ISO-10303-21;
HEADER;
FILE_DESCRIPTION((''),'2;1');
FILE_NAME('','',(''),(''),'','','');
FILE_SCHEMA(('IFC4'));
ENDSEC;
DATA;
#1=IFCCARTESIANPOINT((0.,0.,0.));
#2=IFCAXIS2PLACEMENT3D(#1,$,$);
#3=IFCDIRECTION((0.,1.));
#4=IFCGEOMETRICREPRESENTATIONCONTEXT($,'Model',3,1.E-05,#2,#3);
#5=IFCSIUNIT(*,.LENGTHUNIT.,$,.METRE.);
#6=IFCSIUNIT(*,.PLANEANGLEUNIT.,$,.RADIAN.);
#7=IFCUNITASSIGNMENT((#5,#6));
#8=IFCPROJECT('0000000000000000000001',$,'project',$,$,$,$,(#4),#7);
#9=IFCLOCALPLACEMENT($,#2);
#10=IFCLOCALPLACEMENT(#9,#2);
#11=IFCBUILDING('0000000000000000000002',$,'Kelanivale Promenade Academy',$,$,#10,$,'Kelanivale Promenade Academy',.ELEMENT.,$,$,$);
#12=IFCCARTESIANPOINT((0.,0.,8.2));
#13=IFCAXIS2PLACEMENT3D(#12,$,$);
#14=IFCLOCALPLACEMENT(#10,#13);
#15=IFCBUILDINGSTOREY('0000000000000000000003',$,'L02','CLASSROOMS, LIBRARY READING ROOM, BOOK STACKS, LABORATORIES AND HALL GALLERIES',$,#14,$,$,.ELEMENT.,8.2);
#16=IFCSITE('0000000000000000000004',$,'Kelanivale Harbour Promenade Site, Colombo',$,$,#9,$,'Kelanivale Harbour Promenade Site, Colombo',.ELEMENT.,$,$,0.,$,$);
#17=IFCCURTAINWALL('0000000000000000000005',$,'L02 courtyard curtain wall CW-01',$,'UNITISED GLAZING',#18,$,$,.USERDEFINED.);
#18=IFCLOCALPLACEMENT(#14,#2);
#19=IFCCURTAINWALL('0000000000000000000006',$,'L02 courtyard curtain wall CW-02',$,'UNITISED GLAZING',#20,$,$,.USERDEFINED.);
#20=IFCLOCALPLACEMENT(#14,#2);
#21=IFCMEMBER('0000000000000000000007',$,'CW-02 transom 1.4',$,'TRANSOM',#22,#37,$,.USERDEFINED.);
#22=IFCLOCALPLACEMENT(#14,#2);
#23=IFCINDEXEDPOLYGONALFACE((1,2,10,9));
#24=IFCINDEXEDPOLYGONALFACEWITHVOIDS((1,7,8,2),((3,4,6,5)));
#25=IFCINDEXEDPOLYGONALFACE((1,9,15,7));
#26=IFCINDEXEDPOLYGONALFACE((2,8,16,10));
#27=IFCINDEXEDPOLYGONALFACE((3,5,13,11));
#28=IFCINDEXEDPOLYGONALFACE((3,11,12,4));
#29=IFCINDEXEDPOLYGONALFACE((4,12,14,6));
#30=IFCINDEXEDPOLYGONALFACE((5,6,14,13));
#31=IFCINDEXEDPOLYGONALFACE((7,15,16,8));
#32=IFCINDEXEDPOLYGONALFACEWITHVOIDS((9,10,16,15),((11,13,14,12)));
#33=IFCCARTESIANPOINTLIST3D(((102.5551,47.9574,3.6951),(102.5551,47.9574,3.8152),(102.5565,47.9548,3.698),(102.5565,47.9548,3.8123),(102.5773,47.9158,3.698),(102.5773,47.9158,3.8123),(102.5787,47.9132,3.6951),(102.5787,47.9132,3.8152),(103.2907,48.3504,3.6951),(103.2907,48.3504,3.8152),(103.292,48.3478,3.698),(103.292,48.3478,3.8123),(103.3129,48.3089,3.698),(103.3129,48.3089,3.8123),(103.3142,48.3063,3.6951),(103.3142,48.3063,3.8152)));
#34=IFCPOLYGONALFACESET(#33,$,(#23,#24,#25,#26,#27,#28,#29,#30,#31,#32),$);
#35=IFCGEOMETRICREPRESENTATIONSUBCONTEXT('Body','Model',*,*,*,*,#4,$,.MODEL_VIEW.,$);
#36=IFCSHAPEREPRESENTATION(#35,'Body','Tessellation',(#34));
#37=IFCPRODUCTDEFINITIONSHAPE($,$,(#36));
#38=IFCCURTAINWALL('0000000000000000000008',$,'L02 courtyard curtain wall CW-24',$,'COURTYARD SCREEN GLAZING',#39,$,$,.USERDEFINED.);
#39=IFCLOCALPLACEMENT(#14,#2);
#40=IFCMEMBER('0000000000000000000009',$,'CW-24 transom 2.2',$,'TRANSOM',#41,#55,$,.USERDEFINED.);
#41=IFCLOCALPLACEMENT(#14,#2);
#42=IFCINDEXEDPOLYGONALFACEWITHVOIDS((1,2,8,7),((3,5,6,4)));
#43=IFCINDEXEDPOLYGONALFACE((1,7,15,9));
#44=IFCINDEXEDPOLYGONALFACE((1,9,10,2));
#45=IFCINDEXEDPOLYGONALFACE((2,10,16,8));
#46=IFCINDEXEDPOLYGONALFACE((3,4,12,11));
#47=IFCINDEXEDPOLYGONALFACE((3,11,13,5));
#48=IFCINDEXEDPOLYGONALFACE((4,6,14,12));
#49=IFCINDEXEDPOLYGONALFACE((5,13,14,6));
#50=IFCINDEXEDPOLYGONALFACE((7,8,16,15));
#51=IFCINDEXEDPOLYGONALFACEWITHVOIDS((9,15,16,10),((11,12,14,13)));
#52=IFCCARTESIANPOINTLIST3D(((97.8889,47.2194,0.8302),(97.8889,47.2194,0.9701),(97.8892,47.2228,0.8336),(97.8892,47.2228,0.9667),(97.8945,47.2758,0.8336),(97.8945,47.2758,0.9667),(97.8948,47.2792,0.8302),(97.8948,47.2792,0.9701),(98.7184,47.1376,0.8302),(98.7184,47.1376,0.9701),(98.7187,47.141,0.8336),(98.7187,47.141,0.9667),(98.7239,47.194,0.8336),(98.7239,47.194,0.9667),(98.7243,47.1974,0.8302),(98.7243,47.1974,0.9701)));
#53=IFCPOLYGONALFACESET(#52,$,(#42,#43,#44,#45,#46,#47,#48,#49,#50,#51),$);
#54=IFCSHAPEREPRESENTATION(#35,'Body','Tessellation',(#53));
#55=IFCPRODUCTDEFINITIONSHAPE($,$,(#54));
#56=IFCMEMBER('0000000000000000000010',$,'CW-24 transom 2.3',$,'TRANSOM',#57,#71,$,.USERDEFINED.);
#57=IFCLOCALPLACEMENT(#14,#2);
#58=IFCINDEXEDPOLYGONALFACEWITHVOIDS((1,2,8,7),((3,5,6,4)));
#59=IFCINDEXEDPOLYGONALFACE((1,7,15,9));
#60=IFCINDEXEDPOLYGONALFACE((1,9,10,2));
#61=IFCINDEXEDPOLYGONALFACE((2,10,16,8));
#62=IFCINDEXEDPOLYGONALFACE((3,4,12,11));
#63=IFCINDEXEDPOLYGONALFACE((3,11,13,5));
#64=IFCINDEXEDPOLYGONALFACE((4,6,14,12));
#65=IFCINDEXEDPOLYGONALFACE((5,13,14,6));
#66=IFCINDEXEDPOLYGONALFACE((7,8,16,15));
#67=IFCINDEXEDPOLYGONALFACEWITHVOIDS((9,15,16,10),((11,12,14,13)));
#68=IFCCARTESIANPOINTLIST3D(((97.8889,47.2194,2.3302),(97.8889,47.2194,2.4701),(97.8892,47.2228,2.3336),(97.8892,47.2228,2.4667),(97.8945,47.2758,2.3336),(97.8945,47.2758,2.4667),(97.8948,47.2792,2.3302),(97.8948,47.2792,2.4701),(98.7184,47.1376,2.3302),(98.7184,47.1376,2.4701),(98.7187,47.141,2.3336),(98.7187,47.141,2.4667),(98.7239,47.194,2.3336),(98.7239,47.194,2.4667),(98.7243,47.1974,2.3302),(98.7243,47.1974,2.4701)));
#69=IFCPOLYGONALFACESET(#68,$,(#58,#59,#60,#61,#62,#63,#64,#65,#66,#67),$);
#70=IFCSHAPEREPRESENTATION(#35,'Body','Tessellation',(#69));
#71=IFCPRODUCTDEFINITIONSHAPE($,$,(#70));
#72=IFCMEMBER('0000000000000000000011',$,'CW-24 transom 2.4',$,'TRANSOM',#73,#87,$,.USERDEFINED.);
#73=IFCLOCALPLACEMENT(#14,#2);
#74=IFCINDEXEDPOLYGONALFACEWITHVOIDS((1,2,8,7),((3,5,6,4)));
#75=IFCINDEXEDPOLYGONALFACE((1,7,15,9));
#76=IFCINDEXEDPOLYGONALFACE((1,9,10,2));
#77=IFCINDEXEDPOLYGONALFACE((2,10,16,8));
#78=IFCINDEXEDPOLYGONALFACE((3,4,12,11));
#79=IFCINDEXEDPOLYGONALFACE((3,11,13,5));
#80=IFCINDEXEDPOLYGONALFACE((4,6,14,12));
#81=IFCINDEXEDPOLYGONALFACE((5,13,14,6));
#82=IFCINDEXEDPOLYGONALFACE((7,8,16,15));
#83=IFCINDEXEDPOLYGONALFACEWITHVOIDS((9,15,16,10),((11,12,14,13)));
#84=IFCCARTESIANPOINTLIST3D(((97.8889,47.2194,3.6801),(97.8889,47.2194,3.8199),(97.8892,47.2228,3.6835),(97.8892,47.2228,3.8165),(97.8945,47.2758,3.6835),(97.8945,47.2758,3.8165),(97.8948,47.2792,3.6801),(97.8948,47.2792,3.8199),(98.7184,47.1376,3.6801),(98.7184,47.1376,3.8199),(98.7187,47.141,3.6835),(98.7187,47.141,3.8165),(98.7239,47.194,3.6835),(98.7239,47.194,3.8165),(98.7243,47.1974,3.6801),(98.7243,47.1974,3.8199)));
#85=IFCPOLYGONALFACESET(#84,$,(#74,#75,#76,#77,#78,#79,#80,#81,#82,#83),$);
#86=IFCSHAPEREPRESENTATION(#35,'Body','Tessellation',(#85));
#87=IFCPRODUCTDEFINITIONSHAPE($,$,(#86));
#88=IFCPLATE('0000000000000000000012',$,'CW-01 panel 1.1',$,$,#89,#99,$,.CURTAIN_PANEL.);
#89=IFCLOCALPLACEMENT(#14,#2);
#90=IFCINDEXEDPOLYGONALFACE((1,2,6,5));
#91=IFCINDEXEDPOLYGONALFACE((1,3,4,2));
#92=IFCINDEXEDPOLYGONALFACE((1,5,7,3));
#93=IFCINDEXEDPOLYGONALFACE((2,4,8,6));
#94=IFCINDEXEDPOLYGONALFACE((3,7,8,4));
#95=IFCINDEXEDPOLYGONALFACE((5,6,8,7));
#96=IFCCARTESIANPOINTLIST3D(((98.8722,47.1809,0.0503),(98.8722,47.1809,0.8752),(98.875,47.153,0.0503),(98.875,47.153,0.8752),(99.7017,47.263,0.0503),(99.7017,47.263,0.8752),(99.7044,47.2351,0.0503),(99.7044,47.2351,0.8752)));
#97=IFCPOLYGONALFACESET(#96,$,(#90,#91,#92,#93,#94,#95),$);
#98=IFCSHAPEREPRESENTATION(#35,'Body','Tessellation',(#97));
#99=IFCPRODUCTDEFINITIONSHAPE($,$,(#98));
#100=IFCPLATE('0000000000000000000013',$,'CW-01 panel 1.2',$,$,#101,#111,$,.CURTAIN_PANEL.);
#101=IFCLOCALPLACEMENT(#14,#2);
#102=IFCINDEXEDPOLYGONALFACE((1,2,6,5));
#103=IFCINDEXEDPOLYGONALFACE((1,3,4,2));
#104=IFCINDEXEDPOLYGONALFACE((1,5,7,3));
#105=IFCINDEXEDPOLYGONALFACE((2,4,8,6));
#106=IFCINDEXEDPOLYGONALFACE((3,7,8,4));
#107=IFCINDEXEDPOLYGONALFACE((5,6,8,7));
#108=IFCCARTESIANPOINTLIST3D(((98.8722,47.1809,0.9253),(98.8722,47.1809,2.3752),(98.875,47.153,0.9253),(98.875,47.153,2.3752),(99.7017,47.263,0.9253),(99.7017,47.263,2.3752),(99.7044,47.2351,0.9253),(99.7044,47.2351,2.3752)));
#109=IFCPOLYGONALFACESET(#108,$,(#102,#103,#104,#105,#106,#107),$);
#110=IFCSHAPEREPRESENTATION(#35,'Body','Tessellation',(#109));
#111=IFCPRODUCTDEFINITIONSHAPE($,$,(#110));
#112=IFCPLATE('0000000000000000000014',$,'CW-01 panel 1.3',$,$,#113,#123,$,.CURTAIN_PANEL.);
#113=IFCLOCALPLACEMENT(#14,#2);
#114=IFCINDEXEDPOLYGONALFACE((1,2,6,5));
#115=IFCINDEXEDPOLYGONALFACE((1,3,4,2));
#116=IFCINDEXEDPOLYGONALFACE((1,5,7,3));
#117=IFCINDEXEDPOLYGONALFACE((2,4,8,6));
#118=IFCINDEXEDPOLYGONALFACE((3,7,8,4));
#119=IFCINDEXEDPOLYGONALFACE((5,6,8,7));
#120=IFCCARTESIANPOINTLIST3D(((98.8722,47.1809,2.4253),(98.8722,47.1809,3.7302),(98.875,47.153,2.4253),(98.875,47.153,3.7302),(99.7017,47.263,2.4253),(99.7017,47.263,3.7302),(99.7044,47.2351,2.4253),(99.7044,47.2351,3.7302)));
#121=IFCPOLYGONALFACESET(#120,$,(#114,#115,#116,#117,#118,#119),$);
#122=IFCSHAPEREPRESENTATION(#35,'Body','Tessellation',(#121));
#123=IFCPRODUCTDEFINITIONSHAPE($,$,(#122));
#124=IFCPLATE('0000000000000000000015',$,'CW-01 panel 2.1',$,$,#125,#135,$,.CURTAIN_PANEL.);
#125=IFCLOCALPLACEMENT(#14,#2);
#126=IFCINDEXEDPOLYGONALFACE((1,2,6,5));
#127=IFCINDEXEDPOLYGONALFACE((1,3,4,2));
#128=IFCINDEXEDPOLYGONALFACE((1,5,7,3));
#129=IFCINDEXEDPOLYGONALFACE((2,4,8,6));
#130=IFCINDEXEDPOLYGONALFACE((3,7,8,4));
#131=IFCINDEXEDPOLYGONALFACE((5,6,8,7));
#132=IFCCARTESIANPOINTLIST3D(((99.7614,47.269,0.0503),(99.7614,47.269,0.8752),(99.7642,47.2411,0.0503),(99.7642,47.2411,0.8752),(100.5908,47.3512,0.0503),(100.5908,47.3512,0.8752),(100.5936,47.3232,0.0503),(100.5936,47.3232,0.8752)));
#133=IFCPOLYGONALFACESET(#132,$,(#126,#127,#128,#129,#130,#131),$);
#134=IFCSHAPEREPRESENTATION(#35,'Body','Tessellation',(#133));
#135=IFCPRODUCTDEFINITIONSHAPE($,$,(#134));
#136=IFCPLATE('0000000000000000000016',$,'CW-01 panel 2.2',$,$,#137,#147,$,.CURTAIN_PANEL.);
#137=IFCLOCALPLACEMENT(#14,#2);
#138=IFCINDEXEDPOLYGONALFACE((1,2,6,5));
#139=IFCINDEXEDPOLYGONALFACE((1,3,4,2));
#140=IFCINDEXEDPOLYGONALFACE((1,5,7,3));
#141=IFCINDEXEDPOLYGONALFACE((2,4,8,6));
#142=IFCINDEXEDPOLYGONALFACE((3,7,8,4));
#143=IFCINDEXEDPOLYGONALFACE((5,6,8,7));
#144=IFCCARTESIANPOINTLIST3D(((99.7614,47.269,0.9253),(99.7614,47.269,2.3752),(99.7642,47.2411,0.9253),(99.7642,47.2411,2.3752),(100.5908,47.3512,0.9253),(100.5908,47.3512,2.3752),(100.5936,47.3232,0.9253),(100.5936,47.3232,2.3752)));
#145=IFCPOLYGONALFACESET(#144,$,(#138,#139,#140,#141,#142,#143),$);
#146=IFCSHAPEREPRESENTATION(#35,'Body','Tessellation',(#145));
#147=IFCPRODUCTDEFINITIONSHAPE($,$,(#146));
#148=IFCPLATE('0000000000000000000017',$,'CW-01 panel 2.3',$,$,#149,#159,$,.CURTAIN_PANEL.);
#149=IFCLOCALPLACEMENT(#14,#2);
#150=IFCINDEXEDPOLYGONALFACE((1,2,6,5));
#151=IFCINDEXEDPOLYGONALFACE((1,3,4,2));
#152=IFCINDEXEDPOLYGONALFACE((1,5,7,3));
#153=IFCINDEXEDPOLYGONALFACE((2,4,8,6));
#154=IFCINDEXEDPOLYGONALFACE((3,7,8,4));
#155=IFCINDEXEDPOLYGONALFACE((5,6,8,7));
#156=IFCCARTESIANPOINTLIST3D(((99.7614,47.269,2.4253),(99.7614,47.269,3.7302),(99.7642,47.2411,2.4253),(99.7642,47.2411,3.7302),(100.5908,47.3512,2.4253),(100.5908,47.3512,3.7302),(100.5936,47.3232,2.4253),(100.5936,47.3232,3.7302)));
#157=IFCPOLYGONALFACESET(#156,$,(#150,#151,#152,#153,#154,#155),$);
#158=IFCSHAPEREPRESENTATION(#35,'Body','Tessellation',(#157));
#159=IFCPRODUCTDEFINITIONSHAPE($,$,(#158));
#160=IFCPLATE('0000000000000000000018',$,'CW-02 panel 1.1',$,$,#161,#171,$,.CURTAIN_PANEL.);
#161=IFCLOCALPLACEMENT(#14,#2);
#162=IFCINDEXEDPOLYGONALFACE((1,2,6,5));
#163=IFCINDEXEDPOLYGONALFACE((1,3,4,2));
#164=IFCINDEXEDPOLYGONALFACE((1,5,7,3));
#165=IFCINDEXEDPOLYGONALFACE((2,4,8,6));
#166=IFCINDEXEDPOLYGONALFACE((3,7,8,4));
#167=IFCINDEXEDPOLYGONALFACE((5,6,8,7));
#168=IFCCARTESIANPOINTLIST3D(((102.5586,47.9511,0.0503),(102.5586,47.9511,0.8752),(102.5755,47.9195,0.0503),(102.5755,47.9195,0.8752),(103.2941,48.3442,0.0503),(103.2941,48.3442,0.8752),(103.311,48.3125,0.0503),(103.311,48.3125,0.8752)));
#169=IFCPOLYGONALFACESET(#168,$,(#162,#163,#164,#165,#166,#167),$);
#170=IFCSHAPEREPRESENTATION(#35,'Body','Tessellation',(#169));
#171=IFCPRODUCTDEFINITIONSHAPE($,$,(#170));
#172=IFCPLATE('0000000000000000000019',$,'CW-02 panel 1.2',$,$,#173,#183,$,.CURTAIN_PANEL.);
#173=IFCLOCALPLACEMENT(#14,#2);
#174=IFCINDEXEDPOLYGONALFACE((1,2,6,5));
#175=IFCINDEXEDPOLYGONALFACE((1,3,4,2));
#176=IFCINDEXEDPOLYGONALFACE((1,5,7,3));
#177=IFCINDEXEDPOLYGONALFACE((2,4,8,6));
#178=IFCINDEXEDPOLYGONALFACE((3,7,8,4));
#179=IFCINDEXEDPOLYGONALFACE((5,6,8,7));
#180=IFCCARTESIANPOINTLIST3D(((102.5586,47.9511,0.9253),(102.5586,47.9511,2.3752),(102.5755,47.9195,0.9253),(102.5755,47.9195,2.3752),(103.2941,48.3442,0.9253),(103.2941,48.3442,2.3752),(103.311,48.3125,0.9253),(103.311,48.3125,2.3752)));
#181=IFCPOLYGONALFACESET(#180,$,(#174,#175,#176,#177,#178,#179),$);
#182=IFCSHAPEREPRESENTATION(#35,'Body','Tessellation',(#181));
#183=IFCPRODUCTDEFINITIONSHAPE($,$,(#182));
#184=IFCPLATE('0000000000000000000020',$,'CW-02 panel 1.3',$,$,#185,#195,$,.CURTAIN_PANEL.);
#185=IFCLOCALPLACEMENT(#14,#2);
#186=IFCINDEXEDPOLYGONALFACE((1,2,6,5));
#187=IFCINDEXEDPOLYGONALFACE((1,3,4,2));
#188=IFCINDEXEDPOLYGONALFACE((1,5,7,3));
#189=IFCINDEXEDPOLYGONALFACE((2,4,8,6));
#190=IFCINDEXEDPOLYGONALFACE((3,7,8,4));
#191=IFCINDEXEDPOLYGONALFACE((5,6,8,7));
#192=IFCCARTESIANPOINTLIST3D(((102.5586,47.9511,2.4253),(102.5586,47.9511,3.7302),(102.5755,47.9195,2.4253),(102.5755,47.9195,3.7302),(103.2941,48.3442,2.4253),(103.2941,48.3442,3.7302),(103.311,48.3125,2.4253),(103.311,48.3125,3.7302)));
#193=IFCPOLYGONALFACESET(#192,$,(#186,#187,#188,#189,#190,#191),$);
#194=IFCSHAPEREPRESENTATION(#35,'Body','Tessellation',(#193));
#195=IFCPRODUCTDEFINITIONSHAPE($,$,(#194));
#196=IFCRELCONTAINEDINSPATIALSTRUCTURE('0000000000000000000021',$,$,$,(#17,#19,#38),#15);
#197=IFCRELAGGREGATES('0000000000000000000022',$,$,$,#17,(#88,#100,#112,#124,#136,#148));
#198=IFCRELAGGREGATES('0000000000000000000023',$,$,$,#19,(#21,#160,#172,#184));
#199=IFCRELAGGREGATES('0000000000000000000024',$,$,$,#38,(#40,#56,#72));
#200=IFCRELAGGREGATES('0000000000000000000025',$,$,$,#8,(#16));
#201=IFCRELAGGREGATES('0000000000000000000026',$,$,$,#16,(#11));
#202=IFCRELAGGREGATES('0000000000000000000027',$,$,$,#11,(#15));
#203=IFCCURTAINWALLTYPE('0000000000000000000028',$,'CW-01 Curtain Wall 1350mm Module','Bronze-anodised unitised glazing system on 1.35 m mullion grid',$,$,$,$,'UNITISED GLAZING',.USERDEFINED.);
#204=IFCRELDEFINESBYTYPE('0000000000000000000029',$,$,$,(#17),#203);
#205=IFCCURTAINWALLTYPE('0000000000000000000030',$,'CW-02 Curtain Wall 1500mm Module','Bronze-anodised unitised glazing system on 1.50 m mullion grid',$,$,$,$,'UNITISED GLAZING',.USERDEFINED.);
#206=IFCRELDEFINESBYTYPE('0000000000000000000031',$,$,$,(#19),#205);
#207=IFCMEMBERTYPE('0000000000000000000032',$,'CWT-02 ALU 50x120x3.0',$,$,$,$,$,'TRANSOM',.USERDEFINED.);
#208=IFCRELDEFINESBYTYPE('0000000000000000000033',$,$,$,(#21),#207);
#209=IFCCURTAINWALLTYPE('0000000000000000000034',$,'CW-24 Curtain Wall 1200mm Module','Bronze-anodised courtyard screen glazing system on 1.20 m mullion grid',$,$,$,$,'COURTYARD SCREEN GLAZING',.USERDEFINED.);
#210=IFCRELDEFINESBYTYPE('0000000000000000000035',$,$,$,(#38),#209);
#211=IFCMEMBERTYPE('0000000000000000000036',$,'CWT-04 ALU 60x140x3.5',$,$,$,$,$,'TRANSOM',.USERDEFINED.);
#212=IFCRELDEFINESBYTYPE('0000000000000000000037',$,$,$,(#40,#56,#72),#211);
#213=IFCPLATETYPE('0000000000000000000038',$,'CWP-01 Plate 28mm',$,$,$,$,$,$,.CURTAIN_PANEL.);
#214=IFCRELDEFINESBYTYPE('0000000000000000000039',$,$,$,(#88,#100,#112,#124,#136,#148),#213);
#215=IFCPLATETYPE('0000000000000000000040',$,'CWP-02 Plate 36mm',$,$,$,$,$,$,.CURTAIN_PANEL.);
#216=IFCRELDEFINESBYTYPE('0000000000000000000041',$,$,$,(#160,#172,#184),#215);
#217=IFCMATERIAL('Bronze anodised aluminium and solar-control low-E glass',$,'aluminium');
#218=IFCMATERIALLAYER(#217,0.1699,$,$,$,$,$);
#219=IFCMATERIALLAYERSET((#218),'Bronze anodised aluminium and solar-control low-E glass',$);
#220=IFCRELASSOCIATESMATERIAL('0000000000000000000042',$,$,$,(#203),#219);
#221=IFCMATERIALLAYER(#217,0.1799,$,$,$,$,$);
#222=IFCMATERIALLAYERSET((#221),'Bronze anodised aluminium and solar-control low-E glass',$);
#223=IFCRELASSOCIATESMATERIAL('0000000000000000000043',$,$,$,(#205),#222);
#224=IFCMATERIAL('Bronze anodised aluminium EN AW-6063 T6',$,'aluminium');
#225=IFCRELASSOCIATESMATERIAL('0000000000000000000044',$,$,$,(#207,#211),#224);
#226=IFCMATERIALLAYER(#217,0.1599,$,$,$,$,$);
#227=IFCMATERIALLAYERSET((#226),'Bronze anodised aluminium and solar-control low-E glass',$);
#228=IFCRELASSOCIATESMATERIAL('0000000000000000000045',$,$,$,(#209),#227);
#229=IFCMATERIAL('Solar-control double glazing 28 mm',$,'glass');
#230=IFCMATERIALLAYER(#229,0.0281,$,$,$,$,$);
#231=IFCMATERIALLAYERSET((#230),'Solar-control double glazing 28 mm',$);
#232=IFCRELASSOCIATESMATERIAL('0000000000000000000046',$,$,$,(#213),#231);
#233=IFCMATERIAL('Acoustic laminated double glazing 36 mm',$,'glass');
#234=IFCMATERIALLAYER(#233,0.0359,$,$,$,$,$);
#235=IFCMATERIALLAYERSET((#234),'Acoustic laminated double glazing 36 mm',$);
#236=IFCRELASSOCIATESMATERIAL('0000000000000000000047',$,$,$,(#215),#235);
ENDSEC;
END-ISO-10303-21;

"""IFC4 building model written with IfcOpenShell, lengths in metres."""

from ifc_helpers import new_model, si_unit, direction, frame, origin, origin_2d, place, context, subcontext, project, spatial, rectangle, hollow_rectangle, extrude, material, layer, layer_set, material_profile, profile_set, type_object, element, aggregate, save


model = new_model("IFC4")

# Units and contexts
model_context = context("Model", 3, precision=1e-05, world=origin(), true_north=direction((0.0, 1.0)))
body_context = subcontext(model_context, "Body", "Model", "MODEL_VIEW")
ifc_project = project(units=[si_unit("LENGTHUNIT", "METRE"), si_unit("PLANEANGLEUNIT", "RADIAN")], contexts=[model_context])

# Site, building, storey
site_placement = place(None, origin())
site = spatial("IfcSite", under=ifc_project, at=site_placement, Name="Kelanivale Harbour Promenade Site, Colombo", LongName="Kelanivale Harbour Promenade Site, Colombo", CompositionType="ELEMENT", RefElevation=0.0)
building_placement = place(site_placement, origin())
building = spatial("IfcBuilding", under=site, at=building_placement, Name="Kelanivale Promenade Academy", LongName="Kelanivale Promenade Academy", CompositionType="ELEMENT")
storey_placement = place(building_placement, frame((0.0, 0.0, 8.2)))
storey = spatial("IfcBuildingStorey", under=building, at=storey_placement, Name="L02", Description="CLASSROOMS, LIBRARY READING ROOM, BOOK STACKS, LABORATORIES AND HALL GALLERIES", CompositionType="ELEMENT", Elevation=8.2)

# Curtain wall
ifc_material_1 = material(Name="Bronze anodised aluminium and solar-control low-E glass", Category="aluminium")
ifc_layer_1 = layer(ifc_material_1, 0.1699)
ifc_layer_set_1 = layer_set([ifc_layer_1], Name="Bronze anodised aluminium and solar-control low-E glass")
curtain_wall_type_1 = type_object("IfcCurtainWallType", Name="CW-01 Curtain Wall 1350mm Module", Description="Bronze-anodised unitised glazing system on 1.35 m mullion grid", ElementType="UNITISED GLAZING", PredefinedType="USERDEFINED", material=ifc_layer_set_1)
curtain_wall_1_placement = place(storey_placement, origin())
curtain_wall_1 = element("IfcCurtainWall", 1, at=curtain_wall_1_placement, inside=storey, type_object=curtain_wall_type_1, Name="L02 courtyard curtain wall CW-01", ObjectType="UNITISED GLAZING", PredefinedType="USERDEFINED")
ifc_material_2 = material(Name="Bronze anodised aluminium EN AW-6063 T6", Category="aluminium")

# Curtain wall
ifc_layer_2 = layer(ifc_material_1, 0.1799)
ifc_layer_set_2 = layer_set([ifc_layer_2], Name="Bronze anodised aluminium and solar-control low-E glass")
curtain_wall_type_2 = type_object("IfcCurtainWallType", Name="CW-02 Curtain Wall 1500mm Module", Description="Bronze-anodised unitised glazing system on 1.50 m mullion grid", ElementType="UNITISED GLAZING", PredefinedType="USERDEFINED", material=ifc_layer_set_2)
curtain_wall_2_placement = place(storey_placement, origin())
curtain_wall_2 = element("IfcCurtainWall", 2, at=curtain_wall_2_placement, inside=storey, type_object=curtain_wall_type_2, Name="L02 courtyard curtain wall CW-02", ObjectType="UNITISED GLAZING", PredefinedType="USERDEFINED")

# Member
ifc_material_profile_1 = material_profile(ifc_material_2, hollow_rectangle(XDim=0.05, YDim=0.1201, WallThickness=0.0029, at=origin_2d()), Name="ALU 50x120x3.0")
ifc_profile_set_1 = profile_set([ifc_material_profile_1], Name="Bronze anodised aluminium EN AW-6063 T6")
member_type_1 = type_object("IfcMemberType", Name="CWT-02 ALU 50x120x3.0", ElementType="TRANSOM", PredefinedType="USERDEFINED", material=ifc_profile_set_1)
member_1_placement = place(storey_placement, frame((102.5669, 47.9353, 3.7551), z_axis=(0.88198, 0.471287, 0.0), x_axis=(-0.471287, 0.88198, 0.0)))
member_1 = element("IfcMember", 3, at=member_1_placement, type_object=member_type_1, Name="CW-02 transom 1.4", ObjectType="TRANSOM", PredefinedType="USERDEFINED", context=body_context, shape_type="SweptSolid", body=[
    extrude(hollow_rectangle(XDim=0.05, YDim=0.1201, WallThickness=0.0029, at=origin_2d()), origin(), (0.0, 0.0, 1.0), 0.834),
])

# Curtain wall, members
ifc_layer_3 = layer(ifc_material_1, 0.1599)
ifc_layer_set_3 = layer_set([ifc_layer_3], Name="Bronze anodised aluminium and solar-control low-E glass")
curtain_wall_type_3 = type_object("IfcCurtainWallType", Name="CW-24 Curtain Wall 1200mm Module", Description="Bronze-anodised courtyard screen glazing system on 1.20 m mullion grid", ElementType="COURTYARD SCREEN GLAZING", PredefinedType="USERDEFINED", material=ifc_layer_set_3)
curtain_wall_3_placement = place(storey_placement, origin())
curtain_wall_3 = element("IfcCurtainWall", 4, at=curtain_wall_3_placement, inside=storey, type_object=curtain_wall_type_3, Name="L02 courtyard curtain wall CW-24", ObjectType="COURTYARD SCREEN GLAZING", PredefinedType="USERDEFINED")
ifc_material_profile_2 = material_profile(ifc_material_2, hollow_rectangle(XDim=0.0601, YDim=0.1399, WallThickness=0.0034, at=origin_2d()), Name="ALU 60x140x3.5")
ifc_profile_set_2 = profile_set([ifc_material_profile_2], Name="Bronze anodised aluminium EN AW-6063 T6")
member_type_2 = type_object("IfcMemberType", Name="CWT-04 ALU 60x140x3.5", ElementType="TRANSOM", PredefinedType="USERDEFINED", material=ifc_profile_set_2)
member_2_placement = place(storey_placement, frame((97.8918, 47.2493, 0.9001), z_axis=(0.995175, -0.098112, 0.0), x_axis=(0.098112, 0.995175, 0.0)))
member_2 = element("IfcMember", 5, at=member_2_placement, type_object=member_type_2, Name="CW-24 transom 2.2", ObjectType="TRANSOM", PredefinedType="USERDEFINED", context=body_context, shape_type="SweptSolid", body=[
    extrude(hollow_rectangle(XDim=0.0601, YDim=0.1399, WallThickness=0.0034, at=origin_2d()), origin(), (0.0, 0.0, 1.0), 0.8335),
])
member_3_placement = place(storey_placement, frame((97.8918, 47.2493, 2.4001), z_axis=(0.995175, -0.098112, 0.0), x_axis=(0.098112, 0.995175, 0.0)))
member_3 = element("IfcMember", 6, at=member_3_placement, type_object=member_type_2, Name="CW-24 transom 2.3", ObjectType="TRANSOM", PredefinedType="USERDEFINED", context=body_context, shape_type="SweptSolid", body=[
    extrude(hollow_rectangle(XDim=0.0601, YDim=0.1399, WallThickness=0.0034, at=origin_2d()), origin(), (0.0, 0.0, 1.0), 0.8335),
])
member_4_placement = place(storey_placement, frame((97.8918, 47.2493, 3.75), z_axis=(0.995175, -0.098112, 0.0), x_axis=(0.098112, 0.995175, 0.0)))
member_4 = element("IfcMember", 7, at=member_4_placement, type_object=member_type_2, Name="CW-24 transom 2.4", ObjectType="TRANSOM", PredefinedType="USERDEFINED", context=body_context, shape_type="SweptSolid", body=[
    extrude(hollow_rectangle(XDim=0.0601, YDim=0.1399, WallThickness=0.0034, at=origin_2d()), origin(), (0.0, 0.0, 1.0), 0.8335),
])

# Plates
ifc_material_3 = material(Name="Solar-control double glazing 28 mm", Category="glass")
ifc_layer_4 = layer(ifc_material_3, 0.0281)
ifc_layer_set_4 = layer_set([ifc_layer_4], Name="Solar-control double glazing 28 mm")
plate_type_1 = type_object("IfcPlateType", Name="CWP-01 Plate 28mm", PredefinedType="CURTAIN_PANEL", material=ifc_layer_set_4)
plate_1_placement = place(storey_placement, frame((99.2883, 47.208, 0.0503), z_axis=(0.0, 0.0, 1.0), x_axis=(0.995133, 0.098539, 0.0)))
plate_1 = element("IfcPlate", 8, at=plate_1_placement, type_object=plate_type_1, Name="CW-01 panel 1.1", PredefinedType="CURTAIN_PANEL", context=body_context, shape_type="SweptSolid", body=[
    extrude(rectangle(XDim=0.8335, YDim=0.0281, at=origin_2d()), origin(), (0.0, 0.0, 1.0), 0.825),
])
plate_2_placement = place(storey_placement, frame((99.2883, 47.208, 0.9253), z_axis=(0.0, 0.0, 1.0), x_axis=(0.995133, 0.098539, 0.0)))
plate_2 = element("IfcPlate", 9, at=plate_2_placement, type_object=plate_type_1, Name="CW-01 panel 1.2", PredefinedType="CURTAIN_PANEL", context=body_context, shape_type="SweptSolid", body=[
    extrude(rectangle(XDim=0.8335, YDim=0.0281, at=origin_2d()), origin(), (0.0, 0.0, 1.0), 1.45),
])
plate_3_placement = place(storey_placement, frame((99.2883, 47.208, 2.4253), z_axis=(0.0, 0.0, 1.0), x_axis=(0.995133, 0.098539, 0.0)))
plate_3 = element("IfcPlate", 10, at=plate_3_placement, type_object=plate_type_1, Name="CW-01 panel 1.3", PredefinedType="CURTAIN_PANEL", context=body_context, shape_type="SweptSolid", body=[
    extrude(rectangle(XDim=0.8335, YDim=0.0281, at=origin_2d()), origin(), (0.0, 0.0, 1.0), 1.3049),
])
plate_4_placement = place(storey_placement, frame((100.1775, 47.2961, 0.0503), z_axis=(0.0, 0.0, 1.0), x_axis=(0.995133, 0.098539, 0.0)))
plate_4 = element("IfcPlate", 11, at=plate_4_placement, type_object=plate_type_1, Name="CW-01 panel 2.1", PredefinedType="CURTAIN_PANEL", context=body_context, shape_type="SweptSolid", body=[
    extrude(rectangle(XDim=0.8335, YDim=0.0281, at=origin_2d()), origin(), (0.0, 0.0, 1.0), 0.825),
])
plate_5_placement = place(storey_placement, frame((100.1775, 47.2961, 0.9253), z_axis=(0.0, 0.0, 1.0), x_axis=(0.995133, 0.098539, 0.0)))
plate_5 = element("IfcPlate", 12, at=plate_5_placement, type_object=plate_type_1, Name="CW-01 panel 2.2", PredefinedType="CURTAIN_PANEL", context=body_context, shape_type="SweptSolid", body=[
    extrude(rectangle(XDim=0.8335, YDim=0.0281, at=origin_2d()), origin(), (0.0, 0.0, 1.0), 1.45),
])
plate_6_placement = place(storey_placement, frame((100.1775, 47.2961, 2.4253), z_axis=(0.0, 0.0, 1.0), x_axis=(0.995133, 0.098539, 0.0)))
plate_6 = element("IfcPlate", 13, at=plate_6_placement, type_object=plate_type_1, Name="CW-01 panel 2.3", PredefinedType="CURTAIN_PANEL", context=body_context, shape_type="SweptSolid", body=[
    extrude(rectangle(XDim=0.8335, YDim=0.0281, at=origin_2d()), origin(), (0.0, 0.0, 1.0), 1.3049),
])
aggregate(curtain_wall_1, [plate_1, plate_2, plate_3, plate_4, plate_5, plate_6])
ifc_material_4 = material(Name="Acoustic laminated double glazing 36 mm", Category="glass")
ifc_layer_5 = layer(ifc_material_4, 0.0359)
ifc_layer_set_5 = layer_set([ifc_layer_5], Name="Acoustic laminated double glazing 36 mm")
plate_type_2 = type_object("IfcPlateType", Name="CWP-02 Plate 36mm", PredefinedType="CURTAIN_PANEL", material=ifc_layer_set_5)
plate_7_placement = place(storey_placement, frame((102.9348, 48.1318, 0.0503), z_axis=(0.0, 0.0, 1.0), x_axis=(0.881978, 0.47129, 0.0)))
plate_7 = element("IfcPlate", 14, at=plate_7_placement, type_object=plate_type_2, Name="CW-02 panel 1.1", PredefinedType="CURTAIN_PANEL", context=body_context, shape_type="SweptSolid", body=[
    extrude(rectangle(XDim=0.834, YDim=0.0359, at=origin_2d()), origin(), (0.0, 0.0, 1.0), 0.825),
])
plate_8_placement = place(storey_placement, frame((102.9348, 48.1318, 0.9253), z_axis=(0.0, 0.0, 1.0), x_axis=(0.881978, 0.47129, 0.0)))
plate_8 = element("IfcPlate", 15, at=plate_8_placement, type_object=plate_type_2, Name="CW-02 panel 1.2", PredefinedType="CURTAIN_PANEL", context=body_context, shape_type="SweptSolid", body=[
    extrude(rectangle(XDim=0.834, YDim=0.0359, at=origin_2d()), origin(), (0.0, 0.0, 1.0), 1.45),
])
plate_9_placement = place(storey_placement, frame((102.9348, 48.1318, 2.4253), z_axis=(0.0, 0.0, 1.0), x_axis=(0.881978, 0.47129, 0.0)))
plate_9 = element("IfcPlate", 16, at=plate_9_placement, type_object=plate_type_2, Name="CW-02 panel 1.3", PredefinedType="CURTAIN_PANEL", context=body_context, shape_type="SweptSolid", body=[
    extrude(rectangle(XDim=0.834, YDim=0.0359, at=origin_2d()), origin(), (0.0, 0.0, 1.0), 1.3049),
])
aggregate(curtain_wall_2, [member_1, plate_7, plate_8, plate_9])
aggregate(curtain_wall_3, [member_2, member_3, member_4])

save(model, "model.ifc")
